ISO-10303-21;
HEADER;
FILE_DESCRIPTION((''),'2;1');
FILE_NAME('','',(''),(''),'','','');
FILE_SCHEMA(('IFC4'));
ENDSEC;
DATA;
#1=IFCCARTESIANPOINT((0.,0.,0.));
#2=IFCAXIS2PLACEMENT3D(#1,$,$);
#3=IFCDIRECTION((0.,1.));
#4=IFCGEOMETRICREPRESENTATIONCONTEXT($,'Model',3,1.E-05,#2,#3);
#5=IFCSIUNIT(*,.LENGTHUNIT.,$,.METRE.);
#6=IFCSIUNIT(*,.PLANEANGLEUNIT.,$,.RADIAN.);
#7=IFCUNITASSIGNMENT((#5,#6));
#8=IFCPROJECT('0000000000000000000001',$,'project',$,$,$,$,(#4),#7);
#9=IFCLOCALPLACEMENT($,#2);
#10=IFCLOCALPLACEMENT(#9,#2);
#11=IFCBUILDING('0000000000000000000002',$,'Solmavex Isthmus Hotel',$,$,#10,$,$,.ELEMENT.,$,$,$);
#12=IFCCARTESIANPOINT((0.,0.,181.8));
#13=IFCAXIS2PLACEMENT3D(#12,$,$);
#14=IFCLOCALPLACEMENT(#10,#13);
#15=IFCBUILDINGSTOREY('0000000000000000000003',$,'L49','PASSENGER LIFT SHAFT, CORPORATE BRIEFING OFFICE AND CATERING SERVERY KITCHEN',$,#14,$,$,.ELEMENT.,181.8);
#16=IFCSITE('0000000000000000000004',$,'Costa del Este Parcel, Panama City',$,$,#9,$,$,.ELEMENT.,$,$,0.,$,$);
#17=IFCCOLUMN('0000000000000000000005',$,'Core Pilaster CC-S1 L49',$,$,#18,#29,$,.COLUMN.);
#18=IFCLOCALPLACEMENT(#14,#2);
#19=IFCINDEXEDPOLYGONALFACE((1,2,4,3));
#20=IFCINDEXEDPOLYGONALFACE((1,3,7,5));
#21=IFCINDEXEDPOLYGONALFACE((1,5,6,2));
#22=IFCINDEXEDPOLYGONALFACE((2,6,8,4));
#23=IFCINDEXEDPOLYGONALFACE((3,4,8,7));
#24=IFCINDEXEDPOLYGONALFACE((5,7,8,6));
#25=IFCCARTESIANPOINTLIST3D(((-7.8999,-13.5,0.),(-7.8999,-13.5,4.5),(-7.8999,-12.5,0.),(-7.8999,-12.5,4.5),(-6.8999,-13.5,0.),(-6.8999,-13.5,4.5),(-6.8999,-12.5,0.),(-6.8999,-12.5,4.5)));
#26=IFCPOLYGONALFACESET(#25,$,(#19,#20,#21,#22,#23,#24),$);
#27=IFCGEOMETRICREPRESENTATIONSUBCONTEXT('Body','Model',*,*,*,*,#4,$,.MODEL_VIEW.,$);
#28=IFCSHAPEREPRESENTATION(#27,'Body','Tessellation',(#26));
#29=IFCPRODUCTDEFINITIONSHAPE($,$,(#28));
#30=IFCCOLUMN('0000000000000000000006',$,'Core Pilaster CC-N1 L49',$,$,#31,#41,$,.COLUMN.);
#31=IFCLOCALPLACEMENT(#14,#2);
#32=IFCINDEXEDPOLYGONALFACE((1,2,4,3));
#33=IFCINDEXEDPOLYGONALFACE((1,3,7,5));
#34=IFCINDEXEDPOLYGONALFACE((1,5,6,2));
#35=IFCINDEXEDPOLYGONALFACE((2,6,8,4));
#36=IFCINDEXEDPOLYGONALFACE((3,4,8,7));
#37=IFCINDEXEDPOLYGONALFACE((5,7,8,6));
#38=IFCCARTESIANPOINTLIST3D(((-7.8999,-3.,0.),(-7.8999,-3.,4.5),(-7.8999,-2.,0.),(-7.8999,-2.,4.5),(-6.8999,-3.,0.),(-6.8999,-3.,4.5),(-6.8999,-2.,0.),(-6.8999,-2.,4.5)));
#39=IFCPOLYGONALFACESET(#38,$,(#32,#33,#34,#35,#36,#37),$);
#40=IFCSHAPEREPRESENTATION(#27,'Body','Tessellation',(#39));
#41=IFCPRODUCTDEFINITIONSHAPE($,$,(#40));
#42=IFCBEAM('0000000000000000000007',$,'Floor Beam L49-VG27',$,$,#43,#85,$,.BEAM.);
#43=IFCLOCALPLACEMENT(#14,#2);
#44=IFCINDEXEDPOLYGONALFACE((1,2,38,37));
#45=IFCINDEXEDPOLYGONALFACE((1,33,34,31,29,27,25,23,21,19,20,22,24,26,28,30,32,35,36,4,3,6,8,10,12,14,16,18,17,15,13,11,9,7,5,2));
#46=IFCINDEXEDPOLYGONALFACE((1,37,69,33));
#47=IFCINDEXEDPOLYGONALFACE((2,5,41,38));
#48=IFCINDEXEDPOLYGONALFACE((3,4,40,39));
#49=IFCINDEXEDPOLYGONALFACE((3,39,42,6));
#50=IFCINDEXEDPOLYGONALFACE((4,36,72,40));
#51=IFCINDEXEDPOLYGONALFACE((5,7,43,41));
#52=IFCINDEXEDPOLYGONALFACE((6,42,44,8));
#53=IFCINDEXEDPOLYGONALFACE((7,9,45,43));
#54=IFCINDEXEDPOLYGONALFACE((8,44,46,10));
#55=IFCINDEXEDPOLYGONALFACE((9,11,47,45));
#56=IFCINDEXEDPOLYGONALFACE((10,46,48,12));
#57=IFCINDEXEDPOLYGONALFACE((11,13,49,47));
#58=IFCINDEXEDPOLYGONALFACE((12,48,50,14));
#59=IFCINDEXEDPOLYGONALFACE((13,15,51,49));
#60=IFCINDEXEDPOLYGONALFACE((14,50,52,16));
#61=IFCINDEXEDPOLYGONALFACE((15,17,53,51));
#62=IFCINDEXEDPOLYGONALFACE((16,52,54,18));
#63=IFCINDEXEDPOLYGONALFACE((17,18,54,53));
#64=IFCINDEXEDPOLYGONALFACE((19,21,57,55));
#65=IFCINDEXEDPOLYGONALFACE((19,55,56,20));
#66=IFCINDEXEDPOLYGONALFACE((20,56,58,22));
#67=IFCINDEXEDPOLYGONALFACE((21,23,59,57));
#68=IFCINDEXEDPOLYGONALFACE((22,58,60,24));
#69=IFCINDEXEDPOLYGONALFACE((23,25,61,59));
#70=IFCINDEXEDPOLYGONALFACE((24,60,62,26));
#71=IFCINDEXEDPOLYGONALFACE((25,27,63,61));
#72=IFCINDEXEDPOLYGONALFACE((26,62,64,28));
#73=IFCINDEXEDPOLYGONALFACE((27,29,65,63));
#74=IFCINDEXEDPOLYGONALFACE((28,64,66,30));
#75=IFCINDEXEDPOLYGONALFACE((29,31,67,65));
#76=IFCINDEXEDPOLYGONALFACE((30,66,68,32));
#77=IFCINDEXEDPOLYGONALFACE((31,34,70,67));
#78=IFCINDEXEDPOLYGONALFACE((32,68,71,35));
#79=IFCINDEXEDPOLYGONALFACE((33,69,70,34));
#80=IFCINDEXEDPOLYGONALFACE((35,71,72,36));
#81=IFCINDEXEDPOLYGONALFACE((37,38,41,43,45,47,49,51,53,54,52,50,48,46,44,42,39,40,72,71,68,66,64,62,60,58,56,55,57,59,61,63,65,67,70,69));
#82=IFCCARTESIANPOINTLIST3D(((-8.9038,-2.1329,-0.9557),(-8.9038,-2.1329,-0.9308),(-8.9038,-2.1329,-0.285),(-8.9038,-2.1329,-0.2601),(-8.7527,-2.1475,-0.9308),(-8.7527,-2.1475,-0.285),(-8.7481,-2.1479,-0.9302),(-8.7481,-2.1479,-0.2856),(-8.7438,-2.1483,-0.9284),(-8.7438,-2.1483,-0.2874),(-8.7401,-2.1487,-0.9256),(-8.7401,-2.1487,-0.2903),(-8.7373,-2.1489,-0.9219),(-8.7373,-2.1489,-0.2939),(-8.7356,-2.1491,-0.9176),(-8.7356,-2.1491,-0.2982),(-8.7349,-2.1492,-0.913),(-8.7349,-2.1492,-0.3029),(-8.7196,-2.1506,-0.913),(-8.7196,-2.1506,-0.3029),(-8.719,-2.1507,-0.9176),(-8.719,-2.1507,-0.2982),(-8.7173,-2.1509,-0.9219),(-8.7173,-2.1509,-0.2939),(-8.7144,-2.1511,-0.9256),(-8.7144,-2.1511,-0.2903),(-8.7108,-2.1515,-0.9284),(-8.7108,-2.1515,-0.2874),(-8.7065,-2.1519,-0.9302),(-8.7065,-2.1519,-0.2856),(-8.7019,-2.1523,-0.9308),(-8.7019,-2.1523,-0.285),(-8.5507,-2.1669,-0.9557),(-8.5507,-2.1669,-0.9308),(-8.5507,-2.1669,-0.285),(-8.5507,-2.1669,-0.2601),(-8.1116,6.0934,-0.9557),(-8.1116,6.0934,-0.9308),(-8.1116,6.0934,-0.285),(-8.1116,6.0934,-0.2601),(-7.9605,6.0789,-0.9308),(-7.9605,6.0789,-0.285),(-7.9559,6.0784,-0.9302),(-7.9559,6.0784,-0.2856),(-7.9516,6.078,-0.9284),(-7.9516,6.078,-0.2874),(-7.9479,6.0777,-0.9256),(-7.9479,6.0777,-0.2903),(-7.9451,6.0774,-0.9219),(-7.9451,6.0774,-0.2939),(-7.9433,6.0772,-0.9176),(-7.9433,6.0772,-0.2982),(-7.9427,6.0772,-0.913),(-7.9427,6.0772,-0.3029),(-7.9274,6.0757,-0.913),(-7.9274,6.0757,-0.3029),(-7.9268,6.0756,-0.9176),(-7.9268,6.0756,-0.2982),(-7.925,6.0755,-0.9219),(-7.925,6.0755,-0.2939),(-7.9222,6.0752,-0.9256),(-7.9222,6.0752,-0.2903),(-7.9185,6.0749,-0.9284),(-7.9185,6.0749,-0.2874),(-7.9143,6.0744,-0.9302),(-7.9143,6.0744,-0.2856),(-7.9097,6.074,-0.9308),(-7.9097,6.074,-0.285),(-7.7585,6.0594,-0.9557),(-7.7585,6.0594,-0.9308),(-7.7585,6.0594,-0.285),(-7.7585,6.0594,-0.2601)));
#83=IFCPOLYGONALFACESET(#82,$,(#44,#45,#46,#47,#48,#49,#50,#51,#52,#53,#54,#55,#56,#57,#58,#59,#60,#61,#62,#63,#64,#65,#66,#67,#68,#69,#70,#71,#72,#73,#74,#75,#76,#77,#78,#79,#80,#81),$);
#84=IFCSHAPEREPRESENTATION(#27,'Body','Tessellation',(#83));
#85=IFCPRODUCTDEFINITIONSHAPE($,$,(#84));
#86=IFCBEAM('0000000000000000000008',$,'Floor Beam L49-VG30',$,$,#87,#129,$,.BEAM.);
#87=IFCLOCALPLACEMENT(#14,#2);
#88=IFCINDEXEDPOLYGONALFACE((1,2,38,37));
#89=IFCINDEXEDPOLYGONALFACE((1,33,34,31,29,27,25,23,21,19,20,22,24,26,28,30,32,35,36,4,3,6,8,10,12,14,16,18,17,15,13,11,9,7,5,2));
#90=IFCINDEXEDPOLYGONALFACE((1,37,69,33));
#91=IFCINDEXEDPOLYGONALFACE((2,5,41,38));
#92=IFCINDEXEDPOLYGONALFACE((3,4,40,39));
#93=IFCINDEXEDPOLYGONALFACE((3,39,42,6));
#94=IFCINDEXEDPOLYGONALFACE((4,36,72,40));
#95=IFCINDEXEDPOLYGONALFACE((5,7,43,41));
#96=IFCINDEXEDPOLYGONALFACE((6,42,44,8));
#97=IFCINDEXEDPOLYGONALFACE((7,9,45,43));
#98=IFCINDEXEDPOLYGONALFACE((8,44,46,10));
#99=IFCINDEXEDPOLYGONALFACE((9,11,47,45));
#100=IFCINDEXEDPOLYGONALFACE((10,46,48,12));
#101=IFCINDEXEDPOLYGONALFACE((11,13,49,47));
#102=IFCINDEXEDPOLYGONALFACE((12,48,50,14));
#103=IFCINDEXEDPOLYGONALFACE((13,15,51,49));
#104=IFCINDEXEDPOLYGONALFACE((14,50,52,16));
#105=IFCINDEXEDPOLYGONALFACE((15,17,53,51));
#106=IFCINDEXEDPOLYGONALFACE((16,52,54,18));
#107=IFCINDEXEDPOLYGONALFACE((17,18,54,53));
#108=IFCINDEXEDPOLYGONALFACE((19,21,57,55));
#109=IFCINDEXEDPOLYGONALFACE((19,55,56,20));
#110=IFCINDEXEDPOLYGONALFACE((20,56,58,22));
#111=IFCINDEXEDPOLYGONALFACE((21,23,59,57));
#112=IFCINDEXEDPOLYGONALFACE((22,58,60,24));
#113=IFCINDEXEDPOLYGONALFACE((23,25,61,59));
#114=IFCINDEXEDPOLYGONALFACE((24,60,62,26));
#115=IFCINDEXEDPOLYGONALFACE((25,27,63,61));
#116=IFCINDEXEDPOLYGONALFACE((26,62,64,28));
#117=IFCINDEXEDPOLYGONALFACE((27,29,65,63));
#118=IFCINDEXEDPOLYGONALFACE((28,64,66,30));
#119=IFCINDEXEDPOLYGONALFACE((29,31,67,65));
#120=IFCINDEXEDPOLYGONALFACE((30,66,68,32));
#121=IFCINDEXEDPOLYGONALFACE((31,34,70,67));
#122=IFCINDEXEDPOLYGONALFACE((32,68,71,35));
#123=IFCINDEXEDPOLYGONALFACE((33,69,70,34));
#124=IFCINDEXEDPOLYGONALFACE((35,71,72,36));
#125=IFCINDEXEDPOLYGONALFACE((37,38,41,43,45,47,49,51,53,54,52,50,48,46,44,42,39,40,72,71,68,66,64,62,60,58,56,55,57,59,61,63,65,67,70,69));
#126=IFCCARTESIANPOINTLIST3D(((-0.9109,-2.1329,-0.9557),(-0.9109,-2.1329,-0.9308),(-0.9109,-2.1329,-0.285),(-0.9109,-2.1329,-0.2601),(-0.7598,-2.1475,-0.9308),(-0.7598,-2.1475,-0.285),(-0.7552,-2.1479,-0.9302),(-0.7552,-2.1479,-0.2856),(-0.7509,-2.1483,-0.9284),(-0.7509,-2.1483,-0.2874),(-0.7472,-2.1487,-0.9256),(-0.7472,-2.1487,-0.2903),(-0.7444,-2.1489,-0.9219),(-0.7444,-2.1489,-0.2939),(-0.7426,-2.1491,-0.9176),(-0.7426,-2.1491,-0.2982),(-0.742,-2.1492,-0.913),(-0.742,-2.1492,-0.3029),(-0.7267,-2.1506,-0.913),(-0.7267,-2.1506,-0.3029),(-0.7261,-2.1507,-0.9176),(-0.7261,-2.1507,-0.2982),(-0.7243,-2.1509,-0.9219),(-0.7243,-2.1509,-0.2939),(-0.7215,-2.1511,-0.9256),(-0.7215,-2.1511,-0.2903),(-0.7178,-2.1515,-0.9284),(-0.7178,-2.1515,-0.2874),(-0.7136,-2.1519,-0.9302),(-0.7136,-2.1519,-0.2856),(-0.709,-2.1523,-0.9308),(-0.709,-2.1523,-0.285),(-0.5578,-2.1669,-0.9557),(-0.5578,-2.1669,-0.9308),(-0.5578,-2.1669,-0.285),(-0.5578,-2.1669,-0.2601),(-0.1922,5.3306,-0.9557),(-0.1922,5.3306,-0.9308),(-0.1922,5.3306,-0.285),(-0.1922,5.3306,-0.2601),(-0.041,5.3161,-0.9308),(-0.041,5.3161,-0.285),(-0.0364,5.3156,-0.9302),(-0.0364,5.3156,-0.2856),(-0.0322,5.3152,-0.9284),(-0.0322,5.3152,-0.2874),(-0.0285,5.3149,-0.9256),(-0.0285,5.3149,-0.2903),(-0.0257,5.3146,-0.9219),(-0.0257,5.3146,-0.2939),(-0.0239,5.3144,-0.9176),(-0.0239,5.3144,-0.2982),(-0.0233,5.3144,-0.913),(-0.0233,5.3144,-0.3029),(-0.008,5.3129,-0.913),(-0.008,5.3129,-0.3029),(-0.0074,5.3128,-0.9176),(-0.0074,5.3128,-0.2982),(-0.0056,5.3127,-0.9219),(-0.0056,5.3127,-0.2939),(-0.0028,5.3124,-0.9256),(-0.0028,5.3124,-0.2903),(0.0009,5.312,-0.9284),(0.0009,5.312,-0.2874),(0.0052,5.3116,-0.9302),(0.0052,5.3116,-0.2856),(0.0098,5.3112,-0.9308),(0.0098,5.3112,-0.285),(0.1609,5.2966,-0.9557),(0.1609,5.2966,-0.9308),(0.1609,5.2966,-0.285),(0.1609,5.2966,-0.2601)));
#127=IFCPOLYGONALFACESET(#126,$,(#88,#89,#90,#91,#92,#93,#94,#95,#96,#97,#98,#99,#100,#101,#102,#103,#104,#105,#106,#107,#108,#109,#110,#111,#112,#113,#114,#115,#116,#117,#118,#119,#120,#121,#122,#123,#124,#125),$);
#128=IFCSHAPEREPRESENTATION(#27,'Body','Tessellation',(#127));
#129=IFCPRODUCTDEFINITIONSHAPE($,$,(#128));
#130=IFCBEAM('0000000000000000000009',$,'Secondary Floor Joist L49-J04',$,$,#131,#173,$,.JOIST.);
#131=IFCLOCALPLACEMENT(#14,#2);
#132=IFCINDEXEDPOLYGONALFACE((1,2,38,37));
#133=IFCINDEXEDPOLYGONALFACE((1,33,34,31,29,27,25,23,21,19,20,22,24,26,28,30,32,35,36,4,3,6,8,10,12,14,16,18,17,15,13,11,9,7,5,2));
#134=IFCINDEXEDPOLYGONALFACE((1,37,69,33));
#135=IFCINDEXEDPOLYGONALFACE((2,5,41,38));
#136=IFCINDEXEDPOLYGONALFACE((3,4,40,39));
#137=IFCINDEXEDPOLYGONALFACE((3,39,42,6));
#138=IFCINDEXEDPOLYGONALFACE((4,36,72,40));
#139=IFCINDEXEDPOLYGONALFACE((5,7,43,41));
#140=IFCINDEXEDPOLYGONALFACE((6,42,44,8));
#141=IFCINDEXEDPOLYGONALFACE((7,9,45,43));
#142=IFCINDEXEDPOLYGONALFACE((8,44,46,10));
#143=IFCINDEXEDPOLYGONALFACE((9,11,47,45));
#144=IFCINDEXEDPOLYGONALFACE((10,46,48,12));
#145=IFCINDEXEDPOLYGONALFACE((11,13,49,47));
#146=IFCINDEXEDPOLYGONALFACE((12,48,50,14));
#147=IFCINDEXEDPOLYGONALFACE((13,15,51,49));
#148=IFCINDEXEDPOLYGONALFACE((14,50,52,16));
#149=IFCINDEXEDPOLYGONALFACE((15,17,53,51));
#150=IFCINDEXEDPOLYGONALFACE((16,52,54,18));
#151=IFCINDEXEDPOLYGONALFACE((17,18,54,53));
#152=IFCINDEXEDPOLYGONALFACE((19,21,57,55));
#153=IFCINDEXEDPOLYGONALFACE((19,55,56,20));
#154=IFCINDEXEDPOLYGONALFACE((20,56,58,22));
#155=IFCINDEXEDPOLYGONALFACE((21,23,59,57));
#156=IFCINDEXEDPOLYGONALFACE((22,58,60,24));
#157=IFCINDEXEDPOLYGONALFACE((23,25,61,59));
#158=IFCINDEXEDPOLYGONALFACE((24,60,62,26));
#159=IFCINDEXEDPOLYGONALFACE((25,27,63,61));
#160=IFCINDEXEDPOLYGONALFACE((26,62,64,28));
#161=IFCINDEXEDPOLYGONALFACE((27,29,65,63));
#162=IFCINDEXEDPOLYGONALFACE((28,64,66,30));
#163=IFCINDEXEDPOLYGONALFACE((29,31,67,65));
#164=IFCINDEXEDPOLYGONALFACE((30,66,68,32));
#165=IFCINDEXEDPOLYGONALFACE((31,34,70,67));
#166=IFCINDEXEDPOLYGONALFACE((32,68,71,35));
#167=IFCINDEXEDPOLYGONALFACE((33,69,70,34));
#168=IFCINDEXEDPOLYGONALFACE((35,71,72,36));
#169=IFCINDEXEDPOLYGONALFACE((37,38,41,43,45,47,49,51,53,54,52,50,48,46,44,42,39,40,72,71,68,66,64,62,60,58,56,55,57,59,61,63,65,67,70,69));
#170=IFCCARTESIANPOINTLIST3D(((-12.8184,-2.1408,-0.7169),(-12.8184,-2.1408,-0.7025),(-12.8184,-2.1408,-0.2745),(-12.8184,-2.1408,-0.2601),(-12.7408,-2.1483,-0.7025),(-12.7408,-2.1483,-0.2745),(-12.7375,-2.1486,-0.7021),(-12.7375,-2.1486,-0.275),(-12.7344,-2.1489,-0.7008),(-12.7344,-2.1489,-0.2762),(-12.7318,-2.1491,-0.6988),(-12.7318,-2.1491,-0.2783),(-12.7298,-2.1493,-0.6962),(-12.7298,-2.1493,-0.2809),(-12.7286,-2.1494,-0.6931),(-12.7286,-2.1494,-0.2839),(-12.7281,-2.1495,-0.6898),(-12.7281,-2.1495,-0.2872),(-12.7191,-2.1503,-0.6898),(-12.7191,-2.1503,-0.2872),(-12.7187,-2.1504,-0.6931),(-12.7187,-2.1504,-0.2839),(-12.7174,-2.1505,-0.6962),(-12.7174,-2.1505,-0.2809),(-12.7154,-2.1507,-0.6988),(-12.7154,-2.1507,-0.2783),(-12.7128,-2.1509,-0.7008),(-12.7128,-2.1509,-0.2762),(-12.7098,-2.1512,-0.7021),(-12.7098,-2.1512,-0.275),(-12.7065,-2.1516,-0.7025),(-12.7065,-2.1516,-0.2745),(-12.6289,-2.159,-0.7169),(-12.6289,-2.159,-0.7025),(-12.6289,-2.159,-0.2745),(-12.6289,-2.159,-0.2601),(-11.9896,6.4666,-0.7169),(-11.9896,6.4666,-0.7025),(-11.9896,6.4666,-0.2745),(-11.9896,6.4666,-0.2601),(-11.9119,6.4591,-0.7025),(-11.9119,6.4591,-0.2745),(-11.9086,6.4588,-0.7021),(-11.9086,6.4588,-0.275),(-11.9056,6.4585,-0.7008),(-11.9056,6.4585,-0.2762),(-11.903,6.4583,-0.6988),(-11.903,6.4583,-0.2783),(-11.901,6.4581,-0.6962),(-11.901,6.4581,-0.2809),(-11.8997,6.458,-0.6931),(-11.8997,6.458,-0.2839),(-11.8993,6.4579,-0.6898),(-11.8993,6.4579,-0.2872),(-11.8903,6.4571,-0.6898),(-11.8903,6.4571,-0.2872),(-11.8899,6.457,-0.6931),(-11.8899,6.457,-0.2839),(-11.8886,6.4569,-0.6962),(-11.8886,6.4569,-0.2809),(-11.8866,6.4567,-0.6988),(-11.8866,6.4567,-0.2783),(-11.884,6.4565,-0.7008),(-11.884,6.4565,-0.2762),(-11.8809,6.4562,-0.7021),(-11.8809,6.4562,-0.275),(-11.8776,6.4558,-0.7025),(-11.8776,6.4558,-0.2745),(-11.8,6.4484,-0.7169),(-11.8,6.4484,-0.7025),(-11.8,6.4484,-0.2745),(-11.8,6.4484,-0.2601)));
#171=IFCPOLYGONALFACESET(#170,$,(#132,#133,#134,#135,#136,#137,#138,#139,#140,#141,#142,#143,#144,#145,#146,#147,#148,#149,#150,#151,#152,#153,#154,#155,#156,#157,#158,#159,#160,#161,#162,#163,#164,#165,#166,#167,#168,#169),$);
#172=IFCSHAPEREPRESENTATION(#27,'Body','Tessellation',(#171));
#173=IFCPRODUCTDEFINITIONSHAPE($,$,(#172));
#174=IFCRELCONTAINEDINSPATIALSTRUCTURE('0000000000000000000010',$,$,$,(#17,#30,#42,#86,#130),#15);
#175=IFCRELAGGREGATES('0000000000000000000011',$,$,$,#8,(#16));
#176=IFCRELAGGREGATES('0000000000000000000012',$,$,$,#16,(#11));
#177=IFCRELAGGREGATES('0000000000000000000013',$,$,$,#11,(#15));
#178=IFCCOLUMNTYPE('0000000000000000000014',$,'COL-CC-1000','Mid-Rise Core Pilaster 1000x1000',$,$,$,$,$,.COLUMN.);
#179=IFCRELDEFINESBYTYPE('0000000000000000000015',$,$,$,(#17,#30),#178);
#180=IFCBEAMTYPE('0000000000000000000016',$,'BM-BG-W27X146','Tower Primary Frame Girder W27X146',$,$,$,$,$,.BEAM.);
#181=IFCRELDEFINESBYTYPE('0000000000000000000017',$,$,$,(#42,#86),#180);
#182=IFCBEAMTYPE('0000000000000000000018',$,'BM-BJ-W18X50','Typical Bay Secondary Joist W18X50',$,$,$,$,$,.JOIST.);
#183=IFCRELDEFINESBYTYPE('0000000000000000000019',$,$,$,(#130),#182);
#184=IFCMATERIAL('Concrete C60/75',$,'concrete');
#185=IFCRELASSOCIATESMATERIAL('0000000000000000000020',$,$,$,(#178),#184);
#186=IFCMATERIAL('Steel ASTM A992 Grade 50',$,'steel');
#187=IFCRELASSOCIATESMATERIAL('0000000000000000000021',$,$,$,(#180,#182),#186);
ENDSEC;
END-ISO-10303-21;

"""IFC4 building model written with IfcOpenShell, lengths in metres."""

from ifc_helpers import new_model, si_unit, direction, frame, origin, origin_2d, place, context, subcontext, project, spatial, rectangle, i_section, extrude, material, material_profile, profile_set, type_object, element, save


model = new_model("IFC4")

# Units and contexts
model_context = context("Model", 3, precision=1e-05, world=origin(), true_north=direction((0.0, 1.0)))
body_context = subcontext(model_context, "Body", "Model", "MODEL_VIEW")
ifc_project = project(units=[si_unit("LENGTHUNIT", "METRE"), si_unit("PLANEANGLEUNIT", "RADIAN")], contexts=[model_context])

# Site, building, storey
site_placement = place(None, origin())
site = spatial("IfcSite", under=ifc_project, at=site_placement, Name="Costa del Este Parcel, Panama City", CompositionType="ELEMENT", RefElevation=0.0)
building_placement = place(site_placement, origin())
building = spatial("IfcBuilding", under=site, at=building_placement, Name="Solmavex Isthmus Hotel", CompositionType="ELEMENT")
storey_placement = place(building_placement, frame((0.0, 0.0, 181.8)))
storey = spatial("IfcBuildingStorey", under=building, at=storey_placement, Name="L49", Description="PASSENGER LIFT SHAFT, CORPORATE BRIEFING OFFICE AND CATERING SERVERY KITCHEN", CompositionType="ELEMENT", Elevation=181.8)

# Columns
ifc_material_1 = material(Name="Concrete C60/75", Category="concrete")
ifc_material_profile_1 = material_profile(ifc_material_1, rectangle(XDim=1.0, YDim=1.0, at=origin_2d()), Name="RC1000X1000")
ifc_profile_set_1 = profile_set([ifc_material_profile_1], Name="Concrete C60/75")
column_type = type_object("IfcColumnType", Name="COL-CC-1000", Description="Mid-Rise Core Pilaster 1000x1000", PredefinedType="COLUMN", material=ifc_profile_set_1)
for number, where, z_axis, x_axis, name in (
    (1, (-7.3999, -13.0, 0.0), (0.0, 0.0, 1.0), (1.0, 0.0, 0.0), "Core Pilaster CC-S1 L49"),
    (2, (-7.3999, -2.5, 0.0), (0.0, 0.0, 1.0), (1.0, 0.0, 0.0), "Core Pilaster CC-N1 L49"),
):
    element("IfcColumn", number, at=place(storey_placement, frame(where, z_axis=z_axis, x_axis=x_axis)), inside=storey, type_object=column_type, Name=name, PredefinedType="COLUMN", context=body_context, shape_type="SweptSolid", body=[
        extrude(rectangle(XDim=1.0, YDim=1.0, at=origin_2d()), origin(), (0.0, 0.0, 1.0), 4.5),
    ])

# Beams
ifc_material_2 = material(Name="Steel ASTM A992 Grade 50", Category="steel")
ifc_material_profile_2 = material_profile(ifc_material_2, i_section(OverallWidth=0.3547, OverallDepth=0.6956, WebThickness=0.0154, FlangeThickness=0.0249, FilletRadius=0.0178, at=origin_2d()), Name="W27X146")
ifc_profile_set_2 = profile_set([ifc_material_profile_2], Name="Steel ASTM A992 Grade 50")
beam_type_1 = type_object("IfcBeamType", Name="BM-BG-W27X146", Description="Tower Primary Frame Girder W27X146", PredefinedType="BEAM", material=ifc_profile_set_2)
beam_1_placement = place(storey_placement, frame((-8.7273, -2.1499, -0.6079), z_axis=(0.095862, 0.995395, 0.0), x_axis=(-0.995395, 0.095862, 0.0)))
element("IfcBeam", 3, at=beam_1_placement, inside=storey, type_object=beam_type_1, Name="Floor Beam L49-VG27", PredefinedType="BEAM", context=body_context, shape_type="SweptSolid", body=[
    extrude(i_section(OverallWidth=0.3547, OverallDepth=0.6956, WebThickness=0.0154, FlangeThickness=0.0249, FilletRadius=0.0178, at=origin_2d()), origin(), (0.0, 0.0, 1.0), 8.2644),
])
beam_2_placement = place(storey_placement, frame((-0.7344, -2.1499, -0.6079), z_axis=(0.095857, 0.995395, 0.0), x_axis=(-0.995395, 0.095857, 0.0)))
element("IfcBeam", 4, at=beam_2_placement, inside=storey, type_object=beam_type_1, Name="Floor Beam L49-VG30", PredefinedType="BEAM", context=body_context, shape_type="SweptSolid", body=[
    extrude(i_section(OverallWidth=0.3547, OverallDepth=0.6956, WebThickness=0.0154, FlangeThickness=0.0249, FilletRadius=0.0178, at=origin_2d()), origin(), (0.0, 0.0, 1.0), 7.498),
])
ifc_material_profile_3 = material_profile(ifc_material_2, i_section(OverallWidth=0.1904, OverallDepth=0.4568, WebThickness=0.009, FlangeThickness=0.0144, FilletRadius=0.0127, at=origin_2d()), Name="W18X50")
ifc_profile_set_3 = profile_set([ifc_material_profile_3], Name="Steel ASTM A992 Grade 50")
beam_type_2 = type_object("IfcBeamType", Name="BM-BJ-W18X50", Description="Typical Bay Secondary Joist W18X50", PredefinedType="JOIST", material=ifc_profile_set_3)
beam_3_placement = place(storey_placement, frame((-12.7236, -2.1499, -0.4885), z_axis=(0.095852, 0.995396, 0.0), x_axis=(-0.995396, 0.095852, 0.0)))
element("IfcBeam", 5, at=beam_3_placement, inside=storey, type_object=beam_type_2, Name="Secondary Floor Joist L49-J04", PredefinedType="JOIST", context=body_context, shape_type="SweptSolid", body=[
    extrude(i_section(OverallWidth=0.1904, OverallDepth=0.4568, WebThickness=0.009, FlangeThickness=0.0144, FilletRadius=0.0127, at=origin_2d()), origin(), (0.0, 0.0, 1.0), 8.6472),
])

save(model, "model.ifc")
